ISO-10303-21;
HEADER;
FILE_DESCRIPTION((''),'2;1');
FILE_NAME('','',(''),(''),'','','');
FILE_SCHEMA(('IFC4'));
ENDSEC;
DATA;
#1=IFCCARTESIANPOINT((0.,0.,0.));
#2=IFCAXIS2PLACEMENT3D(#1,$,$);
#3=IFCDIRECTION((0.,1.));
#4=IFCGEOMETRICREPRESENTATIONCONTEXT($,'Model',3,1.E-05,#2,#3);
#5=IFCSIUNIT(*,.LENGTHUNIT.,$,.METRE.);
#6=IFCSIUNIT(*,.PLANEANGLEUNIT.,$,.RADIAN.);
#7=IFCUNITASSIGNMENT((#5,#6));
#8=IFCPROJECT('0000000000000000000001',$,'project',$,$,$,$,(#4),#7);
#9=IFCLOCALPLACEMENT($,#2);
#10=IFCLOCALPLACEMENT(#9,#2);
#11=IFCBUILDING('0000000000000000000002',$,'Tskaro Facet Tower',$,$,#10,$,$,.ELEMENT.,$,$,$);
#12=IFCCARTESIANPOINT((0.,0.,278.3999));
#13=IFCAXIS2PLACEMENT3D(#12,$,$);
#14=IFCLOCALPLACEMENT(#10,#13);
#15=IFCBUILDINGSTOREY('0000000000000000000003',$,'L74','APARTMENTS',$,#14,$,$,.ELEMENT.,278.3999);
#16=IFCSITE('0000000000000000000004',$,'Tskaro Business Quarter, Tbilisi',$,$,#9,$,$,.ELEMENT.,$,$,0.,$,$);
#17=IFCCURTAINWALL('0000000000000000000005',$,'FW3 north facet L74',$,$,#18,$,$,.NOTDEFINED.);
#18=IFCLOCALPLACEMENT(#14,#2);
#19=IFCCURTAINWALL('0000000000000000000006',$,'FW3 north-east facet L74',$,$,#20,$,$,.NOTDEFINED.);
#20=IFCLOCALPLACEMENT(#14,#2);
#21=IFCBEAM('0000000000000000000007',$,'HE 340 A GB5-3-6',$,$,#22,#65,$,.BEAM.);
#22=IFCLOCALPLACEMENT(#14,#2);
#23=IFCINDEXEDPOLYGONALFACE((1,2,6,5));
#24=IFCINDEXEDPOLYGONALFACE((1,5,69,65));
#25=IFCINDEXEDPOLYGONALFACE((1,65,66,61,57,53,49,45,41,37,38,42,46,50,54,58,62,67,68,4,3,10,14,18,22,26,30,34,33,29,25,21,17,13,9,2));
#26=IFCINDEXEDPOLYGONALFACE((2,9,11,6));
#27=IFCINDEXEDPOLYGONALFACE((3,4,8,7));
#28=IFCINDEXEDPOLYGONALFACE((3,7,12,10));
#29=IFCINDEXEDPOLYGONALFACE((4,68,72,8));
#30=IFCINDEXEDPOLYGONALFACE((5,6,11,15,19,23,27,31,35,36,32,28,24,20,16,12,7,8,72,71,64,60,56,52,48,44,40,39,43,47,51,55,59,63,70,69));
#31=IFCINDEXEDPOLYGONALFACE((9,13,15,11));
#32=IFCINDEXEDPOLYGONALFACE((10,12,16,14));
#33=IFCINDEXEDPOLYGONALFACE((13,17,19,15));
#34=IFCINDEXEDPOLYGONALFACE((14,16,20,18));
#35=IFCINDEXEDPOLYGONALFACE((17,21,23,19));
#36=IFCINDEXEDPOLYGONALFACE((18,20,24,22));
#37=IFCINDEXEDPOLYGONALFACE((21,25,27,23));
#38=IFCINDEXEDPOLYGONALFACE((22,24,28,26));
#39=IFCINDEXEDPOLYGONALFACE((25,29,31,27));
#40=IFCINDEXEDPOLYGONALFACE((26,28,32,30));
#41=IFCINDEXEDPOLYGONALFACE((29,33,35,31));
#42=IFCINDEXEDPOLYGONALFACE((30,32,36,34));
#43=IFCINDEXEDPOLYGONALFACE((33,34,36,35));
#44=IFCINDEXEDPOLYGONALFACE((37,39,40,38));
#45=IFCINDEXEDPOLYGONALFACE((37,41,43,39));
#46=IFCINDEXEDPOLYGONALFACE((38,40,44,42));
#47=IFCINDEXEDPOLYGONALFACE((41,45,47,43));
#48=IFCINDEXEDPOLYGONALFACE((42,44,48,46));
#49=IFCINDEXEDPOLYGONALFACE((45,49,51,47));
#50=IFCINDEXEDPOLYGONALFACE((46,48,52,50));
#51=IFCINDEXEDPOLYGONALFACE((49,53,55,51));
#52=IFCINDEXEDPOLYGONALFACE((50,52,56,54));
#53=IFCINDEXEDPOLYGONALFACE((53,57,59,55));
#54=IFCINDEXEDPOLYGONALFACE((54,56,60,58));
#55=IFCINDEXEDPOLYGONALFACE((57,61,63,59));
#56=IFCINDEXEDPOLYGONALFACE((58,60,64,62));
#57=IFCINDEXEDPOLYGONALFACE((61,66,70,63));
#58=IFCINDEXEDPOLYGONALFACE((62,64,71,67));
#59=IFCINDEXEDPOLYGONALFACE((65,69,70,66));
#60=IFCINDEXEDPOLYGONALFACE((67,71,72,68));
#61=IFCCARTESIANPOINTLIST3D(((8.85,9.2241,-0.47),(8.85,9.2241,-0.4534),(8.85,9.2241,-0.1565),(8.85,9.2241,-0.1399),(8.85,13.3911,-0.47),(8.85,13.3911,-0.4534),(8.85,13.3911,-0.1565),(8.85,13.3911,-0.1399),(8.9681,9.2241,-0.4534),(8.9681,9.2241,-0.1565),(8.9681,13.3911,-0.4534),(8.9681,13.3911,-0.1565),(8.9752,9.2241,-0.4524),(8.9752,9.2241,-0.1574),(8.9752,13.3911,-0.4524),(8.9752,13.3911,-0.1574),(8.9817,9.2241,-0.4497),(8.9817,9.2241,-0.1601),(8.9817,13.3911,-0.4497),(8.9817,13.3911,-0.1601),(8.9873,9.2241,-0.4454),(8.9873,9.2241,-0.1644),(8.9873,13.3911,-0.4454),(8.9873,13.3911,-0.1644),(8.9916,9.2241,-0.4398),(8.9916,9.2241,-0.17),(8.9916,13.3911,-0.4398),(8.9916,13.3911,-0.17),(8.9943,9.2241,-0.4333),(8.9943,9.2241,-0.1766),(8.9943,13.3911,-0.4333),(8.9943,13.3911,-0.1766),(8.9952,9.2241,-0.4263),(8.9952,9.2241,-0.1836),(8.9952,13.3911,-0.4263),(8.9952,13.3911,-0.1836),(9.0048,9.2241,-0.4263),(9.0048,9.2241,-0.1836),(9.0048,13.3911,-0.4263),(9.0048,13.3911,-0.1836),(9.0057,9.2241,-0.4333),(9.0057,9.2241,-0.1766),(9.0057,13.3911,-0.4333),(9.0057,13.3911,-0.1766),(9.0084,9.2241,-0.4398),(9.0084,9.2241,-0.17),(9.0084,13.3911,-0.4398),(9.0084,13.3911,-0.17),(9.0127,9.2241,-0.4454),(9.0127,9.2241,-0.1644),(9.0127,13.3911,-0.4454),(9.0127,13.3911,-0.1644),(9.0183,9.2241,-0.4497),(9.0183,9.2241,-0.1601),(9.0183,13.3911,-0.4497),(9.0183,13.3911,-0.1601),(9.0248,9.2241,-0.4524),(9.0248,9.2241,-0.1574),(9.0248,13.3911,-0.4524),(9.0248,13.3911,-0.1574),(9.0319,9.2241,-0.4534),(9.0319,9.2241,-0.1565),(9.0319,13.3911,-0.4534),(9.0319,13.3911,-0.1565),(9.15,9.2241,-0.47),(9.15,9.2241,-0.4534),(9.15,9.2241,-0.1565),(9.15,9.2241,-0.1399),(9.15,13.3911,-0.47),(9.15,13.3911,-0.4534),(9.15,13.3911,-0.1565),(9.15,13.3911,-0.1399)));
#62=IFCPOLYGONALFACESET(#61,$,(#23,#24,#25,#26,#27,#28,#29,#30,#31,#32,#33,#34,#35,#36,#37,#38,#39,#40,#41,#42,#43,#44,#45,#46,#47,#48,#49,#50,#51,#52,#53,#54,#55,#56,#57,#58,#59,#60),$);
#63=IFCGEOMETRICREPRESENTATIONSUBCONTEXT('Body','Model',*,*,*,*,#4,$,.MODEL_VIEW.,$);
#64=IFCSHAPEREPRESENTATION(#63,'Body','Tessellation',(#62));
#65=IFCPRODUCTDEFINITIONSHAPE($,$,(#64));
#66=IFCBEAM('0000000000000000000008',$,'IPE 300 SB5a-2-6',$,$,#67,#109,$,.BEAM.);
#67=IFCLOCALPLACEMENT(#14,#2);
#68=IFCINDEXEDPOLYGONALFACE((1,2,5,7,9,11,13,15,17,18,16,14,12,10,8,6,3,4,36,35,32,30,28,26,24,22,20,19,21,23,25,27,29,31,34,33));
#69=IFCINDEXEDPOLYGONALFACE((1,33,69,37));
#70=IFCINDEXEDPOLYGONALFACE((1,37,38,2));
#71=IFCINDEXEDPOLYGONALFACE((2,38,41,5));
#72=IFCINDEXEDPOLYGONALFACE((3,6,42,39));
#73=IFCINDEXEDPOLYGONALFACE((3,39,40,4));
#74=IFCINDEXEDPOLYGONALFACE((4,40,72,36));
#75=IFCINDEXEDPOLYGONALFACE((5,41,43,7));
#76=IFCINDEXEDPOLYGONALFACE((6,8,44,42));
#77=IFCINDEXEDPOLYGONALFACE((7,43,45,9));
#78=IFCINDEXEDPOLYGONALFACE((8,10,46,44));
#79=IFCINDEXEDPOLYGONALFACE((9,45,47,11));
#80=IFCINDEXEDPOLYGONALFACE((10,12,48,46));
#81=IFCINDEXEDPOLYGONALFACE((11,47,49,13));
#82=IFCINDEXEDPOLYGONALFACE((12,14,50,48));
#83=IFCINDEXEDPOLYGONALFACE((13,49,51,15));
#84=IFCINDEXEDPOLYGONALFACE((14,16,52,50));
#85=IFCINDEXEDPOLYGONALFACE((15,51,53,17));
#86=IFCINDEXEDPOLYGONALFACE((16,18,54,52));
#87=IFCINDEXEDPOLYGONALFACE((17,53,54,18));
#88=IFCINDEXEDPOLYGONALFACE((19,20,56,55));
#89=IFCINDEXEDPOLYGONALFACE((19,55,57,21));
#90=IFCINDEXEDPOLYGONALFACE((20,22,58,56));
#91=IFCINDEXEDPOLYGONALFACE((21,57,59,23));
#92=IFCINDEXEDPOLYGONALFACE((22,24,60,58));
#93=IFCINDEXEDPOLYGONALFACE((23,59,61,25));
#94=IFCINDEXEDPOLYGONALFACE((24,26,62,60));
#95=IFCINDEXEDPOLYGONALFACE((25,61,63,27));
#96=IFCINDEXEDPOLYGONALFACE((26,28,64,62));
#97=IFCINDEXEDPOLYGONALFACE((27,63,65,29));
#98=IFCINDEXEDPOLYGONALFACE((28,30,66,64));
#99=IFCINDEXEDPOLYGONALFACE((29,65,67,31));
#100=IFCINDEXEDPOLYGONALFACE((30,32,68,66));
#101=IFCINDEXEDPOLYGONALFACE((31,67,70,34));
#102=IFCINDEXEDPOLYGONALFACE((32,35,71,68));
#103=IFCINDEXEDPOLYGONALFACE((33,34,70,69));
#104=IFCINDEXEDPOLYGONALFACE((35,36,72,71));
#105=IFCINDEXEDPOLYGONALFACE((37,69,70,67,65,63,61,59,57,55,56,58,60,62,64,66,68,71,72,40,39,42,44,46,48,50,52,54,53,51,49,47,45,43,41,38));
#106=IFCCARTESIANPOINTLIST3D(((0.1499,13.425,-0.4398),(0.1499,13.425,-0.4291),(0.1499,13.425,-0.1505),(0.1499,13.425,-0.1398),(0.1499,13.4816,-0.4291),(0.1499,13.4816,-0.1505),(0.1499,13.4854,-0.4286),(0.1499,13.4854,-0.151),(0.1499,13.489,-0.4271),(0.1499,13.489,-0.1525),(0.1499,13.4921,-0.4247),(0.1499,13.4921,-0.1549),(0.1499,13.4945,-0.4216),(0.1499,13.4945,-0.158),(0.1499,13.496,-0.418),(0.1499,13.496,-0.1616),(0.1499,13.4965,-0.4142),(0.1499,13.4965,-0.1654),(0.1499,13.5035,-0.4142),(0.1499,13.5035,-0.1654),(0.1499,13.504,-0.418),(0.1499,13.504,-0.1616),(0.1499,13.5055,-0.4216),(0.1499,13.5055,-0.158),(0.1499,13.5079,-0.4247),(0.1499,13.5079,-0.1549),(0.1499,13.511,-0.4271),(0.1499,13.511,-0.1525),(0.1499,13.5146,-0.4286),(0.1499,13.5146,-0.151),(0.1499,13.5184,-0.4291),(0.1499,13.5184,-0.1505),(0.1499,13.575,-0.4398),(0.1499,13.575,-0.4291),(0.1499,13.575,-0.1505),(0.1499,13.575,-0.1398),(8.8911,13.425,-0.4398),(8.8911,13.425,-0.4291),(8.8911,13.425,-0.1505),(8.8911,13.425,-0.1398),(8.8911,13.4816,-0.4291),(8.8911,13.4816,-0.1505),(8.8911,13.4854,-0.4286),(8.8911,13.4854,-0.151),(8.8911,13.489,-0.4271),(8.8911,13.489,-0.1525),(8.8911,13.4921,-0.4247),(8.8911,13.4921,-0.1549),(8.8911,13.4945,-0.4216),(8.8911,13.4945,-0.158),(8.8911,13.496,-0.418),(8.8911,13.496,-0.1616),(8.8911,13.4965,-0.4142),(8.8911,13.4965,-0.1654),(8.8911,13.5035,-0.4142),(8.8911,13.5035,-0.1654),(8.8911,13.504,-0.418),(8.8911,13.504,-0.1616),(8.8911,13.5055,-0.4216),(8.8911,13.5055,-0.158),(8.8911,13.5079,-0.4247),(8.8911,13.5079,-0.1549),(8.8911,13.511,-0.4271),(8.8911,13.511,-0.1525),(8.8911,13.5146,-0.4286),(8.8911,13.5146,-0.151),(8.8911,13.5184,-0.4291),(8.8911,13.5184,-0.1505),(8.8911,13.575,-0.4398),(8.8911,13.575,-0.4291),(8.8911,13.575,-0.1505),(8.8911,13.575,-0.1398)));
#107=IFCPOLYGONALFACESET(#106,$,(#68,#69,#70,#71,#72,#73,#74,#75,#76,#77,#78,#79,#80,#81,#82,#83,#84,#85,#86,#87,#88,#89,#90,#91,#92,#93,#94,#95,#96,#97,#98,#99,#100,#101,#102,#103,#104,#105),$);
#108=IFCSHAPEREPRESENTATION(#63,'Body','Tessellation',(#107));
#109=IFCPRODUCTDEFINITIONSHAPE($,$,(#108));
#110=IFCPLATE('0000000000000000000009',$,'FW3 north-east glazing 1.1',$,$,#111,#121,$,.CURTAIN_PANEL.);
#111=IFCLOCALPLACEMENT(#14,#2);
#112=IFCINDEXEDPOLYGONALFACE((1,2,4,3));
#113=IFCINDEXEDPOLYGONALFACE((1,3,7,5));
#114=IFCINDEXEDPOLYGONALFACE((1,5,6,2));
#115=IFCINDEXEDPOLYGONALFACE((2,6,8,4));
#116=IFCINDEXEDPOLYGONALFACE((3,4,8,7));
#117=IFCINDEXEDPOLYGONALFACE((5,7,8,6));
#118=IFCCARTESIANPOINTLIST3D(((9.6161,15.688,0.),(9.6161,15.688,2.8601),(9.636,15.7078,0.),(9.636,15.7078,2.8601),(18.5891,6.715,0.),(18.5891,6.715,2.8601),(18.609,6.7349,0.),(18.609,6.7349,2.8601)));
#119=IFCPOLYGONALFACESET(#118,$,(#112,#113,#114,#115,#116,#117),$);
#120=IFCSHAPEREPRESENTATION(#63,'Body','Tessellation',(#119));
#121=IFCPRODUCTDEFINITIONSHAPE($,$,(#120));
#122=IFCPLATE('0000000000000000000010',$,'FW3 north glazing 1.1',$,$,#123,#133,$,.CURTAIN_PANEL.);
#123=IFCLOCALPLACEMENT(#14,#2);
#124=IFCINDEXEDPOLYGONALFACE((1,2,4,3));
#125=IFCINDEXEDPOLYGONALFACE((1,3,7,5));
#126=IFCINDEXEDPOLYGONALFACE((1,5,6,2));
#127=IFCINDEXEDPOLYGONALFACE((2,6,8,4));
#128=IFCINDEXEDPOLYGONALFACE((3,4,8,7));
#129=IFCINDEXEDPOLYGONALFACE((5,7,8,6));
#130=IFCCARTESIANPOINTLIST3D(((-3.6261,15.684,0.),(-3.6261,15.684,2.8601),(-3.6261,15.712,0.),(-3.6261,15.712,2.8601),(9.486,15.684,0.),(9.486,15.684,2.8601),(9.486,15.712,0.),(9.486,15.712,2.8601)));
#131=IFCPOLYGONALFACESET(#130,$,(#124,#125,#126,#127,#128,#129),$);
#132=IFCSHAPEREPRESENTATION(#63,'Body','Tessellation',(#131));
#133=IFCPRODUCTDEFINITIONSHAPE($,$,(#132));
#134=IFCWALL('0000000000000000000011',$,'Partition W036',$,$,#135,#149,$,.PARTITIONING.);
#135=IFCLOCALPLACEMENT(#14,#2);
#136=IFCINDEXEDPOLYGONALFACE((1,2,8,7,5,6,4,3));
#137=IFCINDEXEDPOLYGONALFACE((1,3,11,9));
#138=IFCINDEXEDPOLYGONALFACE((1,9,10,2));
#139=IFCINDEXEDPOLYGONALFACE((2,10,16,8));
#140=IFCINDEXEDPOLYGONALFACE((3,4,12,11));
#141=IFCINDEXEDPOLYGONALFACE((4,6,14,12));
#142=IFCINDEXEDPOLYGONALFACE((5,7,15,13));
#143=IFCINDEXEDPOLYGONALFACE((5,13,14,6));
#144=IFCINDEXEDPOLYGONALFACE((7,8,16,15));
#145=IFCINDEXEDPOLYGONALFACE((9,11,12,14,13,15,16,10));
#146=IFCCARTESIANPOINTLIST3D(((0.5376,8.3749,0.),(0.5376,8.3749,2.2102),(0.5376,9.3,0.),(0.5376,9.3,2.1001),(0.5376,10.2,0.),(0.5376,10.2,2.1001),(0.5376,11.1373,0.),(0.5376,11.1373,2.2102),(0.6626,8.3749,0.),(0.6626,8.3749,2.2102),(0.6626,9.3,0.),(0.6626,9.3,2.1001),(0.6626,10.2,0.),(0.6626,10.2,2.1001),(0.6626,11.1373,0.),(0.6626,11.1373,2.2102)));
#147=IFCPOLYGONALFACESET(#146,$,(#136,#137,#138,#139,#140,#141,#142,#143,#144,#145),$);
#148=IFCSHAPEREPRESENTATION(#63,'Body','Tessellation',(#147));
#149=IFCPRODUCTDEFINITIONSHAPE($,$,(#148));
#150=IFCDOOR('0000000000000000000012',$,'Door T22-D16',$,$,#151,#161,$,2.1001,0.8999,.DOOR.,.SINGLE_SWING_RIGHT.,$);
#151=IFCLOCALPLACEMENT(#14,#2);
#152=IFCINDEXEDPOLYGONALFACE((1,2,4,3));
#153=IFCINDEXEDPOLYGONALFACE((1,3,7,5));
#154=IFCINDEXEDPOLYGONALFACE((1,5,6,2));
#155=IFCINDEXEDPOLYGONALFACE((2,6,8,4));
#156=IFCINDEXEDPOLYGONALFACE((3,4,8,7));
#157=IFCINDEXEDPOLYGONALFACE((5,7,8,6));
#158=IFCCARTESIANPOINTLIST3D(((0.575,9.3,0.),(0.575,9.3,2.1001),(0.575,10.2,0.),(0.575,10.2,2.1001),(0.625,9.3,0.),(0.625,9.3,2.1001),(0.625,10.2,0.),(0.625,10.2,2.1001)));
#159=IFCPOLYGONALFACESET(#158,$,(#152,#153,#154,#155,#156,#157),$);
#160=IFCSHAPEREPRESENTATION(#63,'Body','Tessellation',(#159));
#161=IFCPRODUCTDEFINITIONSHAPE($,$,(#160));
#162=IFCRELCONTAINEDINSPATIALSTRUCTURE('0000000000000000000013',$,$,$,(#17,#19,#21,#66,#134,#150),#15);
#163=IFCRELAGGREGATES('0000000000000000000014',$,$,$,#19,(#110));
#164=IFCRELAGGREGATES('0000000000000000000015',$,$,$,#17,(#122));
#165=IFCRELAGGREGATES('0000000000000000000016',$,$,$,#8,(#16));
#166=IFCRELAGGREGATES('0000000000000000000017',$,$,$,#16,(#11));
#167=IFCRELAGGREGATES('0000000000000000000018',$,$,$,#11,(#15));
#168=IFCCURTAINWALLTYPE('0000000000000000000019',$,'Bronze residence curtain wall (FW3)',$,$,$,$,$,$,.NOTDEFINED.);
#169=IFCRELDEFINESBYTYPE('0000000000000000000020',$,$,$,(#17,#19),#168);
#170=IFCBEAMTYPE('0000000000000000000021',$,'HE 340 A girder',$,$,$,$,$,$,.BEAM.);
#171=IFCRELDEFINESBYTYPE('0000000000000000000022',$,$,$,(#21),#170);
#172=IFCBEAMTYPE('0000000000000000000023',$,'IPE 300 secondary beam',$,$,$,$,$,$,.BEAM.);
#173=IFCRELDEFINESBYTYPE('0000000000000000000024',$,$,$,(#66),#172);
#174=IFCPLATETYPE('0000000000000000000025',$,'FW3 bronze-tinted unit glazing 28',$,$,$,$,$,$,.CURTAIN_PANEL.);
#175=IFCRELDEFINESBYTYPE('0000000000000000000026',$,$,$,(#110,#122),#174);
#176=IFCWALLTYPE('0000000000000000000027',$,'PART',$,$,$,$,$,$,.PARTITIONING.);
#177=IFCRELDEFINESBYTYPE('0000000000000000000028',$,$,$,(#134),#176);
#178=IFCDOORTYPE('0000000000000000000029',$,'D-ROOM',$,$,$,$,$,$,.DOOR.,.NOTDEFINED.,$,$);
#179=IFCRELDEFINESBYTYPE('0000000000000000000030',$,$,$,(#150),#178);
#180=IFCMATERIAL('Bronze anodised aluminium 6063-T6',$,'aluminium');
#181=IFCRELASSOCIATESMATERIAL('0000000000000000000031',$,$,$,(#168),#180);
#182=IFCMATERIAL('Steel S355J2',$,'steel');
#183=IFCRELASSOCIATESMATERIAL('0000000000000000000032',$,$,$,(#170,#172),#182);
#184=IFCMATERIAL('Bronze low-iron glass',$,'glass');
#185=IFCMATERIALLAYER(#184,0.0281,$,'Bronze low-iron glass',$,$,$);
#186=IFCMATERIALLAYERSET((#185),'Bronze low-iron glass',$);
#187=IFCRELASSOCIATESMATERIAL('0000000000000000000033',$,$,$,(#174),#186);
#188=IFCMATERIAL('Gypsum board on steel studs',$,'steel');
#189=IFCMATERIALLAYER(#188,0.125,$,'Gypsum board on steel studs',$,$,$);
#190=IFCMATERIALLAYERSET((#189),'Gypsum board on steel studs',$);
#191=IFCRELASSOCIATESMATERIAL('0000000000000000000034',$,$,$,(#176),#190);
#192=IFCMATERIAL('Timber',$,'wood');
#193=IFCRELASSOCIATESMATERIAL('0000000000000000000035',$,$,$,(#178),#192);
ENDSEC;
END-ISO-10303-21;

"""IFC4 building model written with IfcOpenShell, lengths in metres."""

from ifc_helpers import new_model, si_unit, direction, frame, frame_2d, origin, origin_2d, place, context, subcontext, project, spatial, rectangle, i_section, extrude, material, layer, layer_set, material_profile, profile_set, type_object, element, fill, aggregate, save


model = new_model("IFC4")

# Units and contexts
model_context = context("Model", 3, precision=1e-05, world=origin(), true_north=direction((0.0, 1.0)))
body_context = subcontext(model_context, "Body", "Model", "MODEL_VIEW")
ifc_project = project(units=[si_unit("LENGTHUNIT", "METRE"), si_unit("PLANEANGLEUNIT", "RADIAN")], contexts=[model_context])

# Site, building, storey
site_placement = place(None, origin())
site = spatial("IfcSite", under=ifc_project, at=site_placement, Name="Tskaro Business Quarter, Tbilisi", CompositionType="ELEMENT", RefElevation=0.0)
building_placement = place(site_placement, origin())
building = spatial("IfcBuilding", under=site, at=building_placement, Name="Tskaro Facet Tower", CompositionType="ELEMENT")
storey_placement = place(building_placement, frame((0.0, 0.0, 278.3999)))
storey = spatial("IfcBuildingStorey", under=building, at=storey_placement, Name="L74", Description="APARTMENTS", CompositionType="ELEMENT", Elevation=278.3999)

# Shared definitions
ifc_material_1 = material(Name="Steel S355J2", Category="steel")

# Curtain walls
ifc_material_2 = material(Name="Bronze anodised aluminium 6063-T6", Category="aluminium")
curtain_wall_type = type_object("IfcCurtainWallType", Name="Bronze residence curtain wall (FW3)", PredefinedType="NOTDEFINED", material=ifc_material_2)
curtain_wall_1_placement = place(storey_placement, origin())
curtain_wall_1 = element("IfcCurtainWall", 1, at=curtain_wall_1_placement, inside=storey, type_object=curtain_wall_type, Name="FW3 north facet L74", PredefinedType="NOTDEFINED")
curtain_wall_2_placement = place(storey_placement, origin())
curtain_wall_2 = element("IfcCurtainWall", 2, at=curtain_wall_2_placement, inside=storey, type_object=curtain_wall_type, Name="FW3 north-east facet L74", PredefinedType="NOTDEFINED")

# Beams
ifc_material_profile_1 = material_profile(ifc_material_1, i_section(OverallWidth=0.3, OverallDepth=0.3301, WebThickness=0.0095, FlangeThickness=0.0166, FilletRadius=0.0271, at=origin_2d()), Name="HE 340 A")
ifc_profile_set_1 = profile_set([ifc_material_profile_1], Name="Steel S355J2")
beam_type_1 = type_object("IfcBeamType", Name="HE 340 A girder", PredefinedType="BEAM", material=ifc_profile_set_1)
beam_1_placement = place(storey_placement, frame((9.0, 9.2241, -0.3049), z_axis=(0.0, 1.0, 0.0), x_axis=(-1.0, 0.0, 0.0)))
element("IfcBeam", 3, at=beam_1_placement, inside=storey, type_object=beam_type_1, Name="HE 340 A GB5-3-6", PredefinedType="BEAM", context=body_context, shape_type="SweptSolid", body=[
    extrude(i_section(OverallWidth=0.3, OverallDepth=0.3301, WebThickness=0.0095, FlangeThickness=0.0166, FilletRadius=0.0271, at=origin_2d()), origin(), (0.0, 0.0, 1.0), 4.167),
])
ifc_material_profile_2 = material_profile(ifc_material_1, i_section(OverallWidth=0.1499, OverallDepth=0.3, WebThickness=0.0071, FlangeThickness=0.0107, FilletRadius=0.0149, at=origin_2d()), Name="IPE 300")
ifc_profile_set_2 = profile_set([ifc_material_profile_2], Name="Steel S355J2")
beam_type_2 = type_object("IfcBeamType", Name="IPE 300 secondary beam", PredefinedType="BEAM", material=ifc_profile_set_2)
beam_2_placement = place(storey_placement, frame((0.1499, 13.5, -0.2898), z_axis=(1.0, 0.0, 0.0), x_axis=(0.0, 1.0, 0.0)))
element("IfcBeam", 4, at=beam_2_placement, inside=storey, type_object=beam_type_2, Name="IPE 300 SB5a-2-6", PredefinedType="BEAM", context=body_context, shape_type="SweptSolid", body=[
    extrude(i_section(OverallWidth=0.1499, OverallDepth=0.3, WebThickness=0.0071, FlangeThickness=0.0107, FilletRadius=0.0149, at=origin_2d()), origin(), (0.0, 0.0, 1.0), 8.7412),
])

# Plates
ifc_material_3 = material(Name="Bronze low-iron glass", Category="glass")
ifc_layer_1 = layer(ifc_material_3, 0.0281, Name="Bronze low-iron glass")
ifc_layer_set_1 = layer_set([ifc_layer_1], Name="Bronze low-iron glass")
plate_type = type_object("IfcPlateType", Name="FW3 bronze-tinted unit glazing 28", PredefinedType="CURTAIN_PANEL", material=ifc_layer_set_1)
plate_1_placement = place(storey_placement, frame((14.1125, 11.2114, 0.0), z_axis=(0.0, 0.0, 1.0), x_axis=(-0.707107, 0.707107, 0.0)))
plate_1 = element("IfcPlate", 5, at=plate_1_placement, type_object=plate_type, Name="FW3 north-east glazing 1.1", PredefinedType="CURTAIN_PANEL", context=body_context, shape_type="SweptSolid", body=[
    extrude(rectangle(XDim=12.6897, YDim=0.0281, at=origin_2d()), origin(), (0.0, 0.0, 1.0), 2.8601),
])
aggregate(curtain_wall_2, [plate_1])
plate_2_placement = place(storey_placement, frame((2.9299, 15.698, 0.0), z_axis=(0.0, 0.0, 1.0), x_axis=(-1.0, 0.0, 0.0)))
plate_2 = element("IfcPlate", 6, at=plate_2_placement, type_object=plate_type, Name="FW3 north glazing 1.1", PredefinedType="CURTAIN_PANEL", context=body_context, shape_type="SweptSolid", body=[
    extrude(rectangle(XDim=13.1121, YDim=0.0281, at=origin_2d()), origin(), (0.0, 0.0, 1.0), 2.8601),
])
aggregate(curtain_wall_1, [plate_2])

# Wall, opening, door
ifc_material_4 = material(Name="Gypsum board on steel studs", Category="steel")
ifc_layer_2 = layer(ifc_material_4, 0.125, Name="Gypsum board on steel studs")
ifc_layer_set_2 = layer_set([ifc_layer_2], Name="Gypsum board on steel studs")
wall_type_1 = type_object("IfcWallType", Name="PART", PredefinedType="PARTITIONING", material=ifc_layer_set_2)
wall_1_placement = place(storey_placement, frame((0.6001, 11.1375, 0.0), z_axis=(0.0, 0.0, 1.0), x_axis=(0.0, -1.0, 0.0)))
wall_1 = element("IfcWall", 7, at=wall_1_placement, inside=storey, type_object=wall_type_1, Name="Partition W036", PredefinedType="PARTITIONING", context=body_context, shape_type="SweptSolid", body=[
    extrude(rectangle(XDim=2.7625, YDim=0.125, at=frame_2d((1.3813, 0.0))), origin(), (0.0, 0.0, 1.0), 2.2102),
])
opening_1_placement = place(wall_1_placement, frame((0.9375, 0.0, 0.0)))
opening_1 = element("IfcOpeningElement", 8, at=opening_1_placement, cuts=wall_1, PredefinedType="OPENING", context=body_context, shape_type="SweptSolid", body=[
    extrude(rectangle(XDim=0.8999, YDim=2.1001, at=frame_2d((0.45, 1.05))), frame((0.0, 0.0725, 0.0), z_axis=(0.0, -1.0, 0.0), x_axis=(1.0, 0.0, 0.0)), (0.0, 0.0, 1.0), 0.145),
])
ifc_material_5 = material(Name="Timber", Category="wood")
door_type_1 = type_object("IfcDoorType", Name="D-ROOM", OperationType="NOTDEFINED", PredefinedType="DOOR", material=ifc_material_5)
door_1_placement = place(opening_1_placement, origin())
door_1 = element("IfcDoor", 9, at=door_1_placement, inside=storey, type_object=door_type_1, Name="Door T22-D16", OperationType="SINGLE_SWING_RIGHT", OverallHeight=2.1001, OverallWidth=0.8999, PredefinedType="DOOR", context=body_context, shape_type="SweptSolid", body=[
    extrude(rectangle(XDim=0.8999, YDim=2.1001, at=frame_2d((0.45, 1.05))), frame((0.0, 0.0249, 0.0), z_axis=(0.0, -1.0, 0.0), x_axis=(1.0, 0.0, 0.0)), (0.0, 0.0, 1.0), 0.05),
])
fill(opening_1, door_1)

save(model, "model.ifc")
